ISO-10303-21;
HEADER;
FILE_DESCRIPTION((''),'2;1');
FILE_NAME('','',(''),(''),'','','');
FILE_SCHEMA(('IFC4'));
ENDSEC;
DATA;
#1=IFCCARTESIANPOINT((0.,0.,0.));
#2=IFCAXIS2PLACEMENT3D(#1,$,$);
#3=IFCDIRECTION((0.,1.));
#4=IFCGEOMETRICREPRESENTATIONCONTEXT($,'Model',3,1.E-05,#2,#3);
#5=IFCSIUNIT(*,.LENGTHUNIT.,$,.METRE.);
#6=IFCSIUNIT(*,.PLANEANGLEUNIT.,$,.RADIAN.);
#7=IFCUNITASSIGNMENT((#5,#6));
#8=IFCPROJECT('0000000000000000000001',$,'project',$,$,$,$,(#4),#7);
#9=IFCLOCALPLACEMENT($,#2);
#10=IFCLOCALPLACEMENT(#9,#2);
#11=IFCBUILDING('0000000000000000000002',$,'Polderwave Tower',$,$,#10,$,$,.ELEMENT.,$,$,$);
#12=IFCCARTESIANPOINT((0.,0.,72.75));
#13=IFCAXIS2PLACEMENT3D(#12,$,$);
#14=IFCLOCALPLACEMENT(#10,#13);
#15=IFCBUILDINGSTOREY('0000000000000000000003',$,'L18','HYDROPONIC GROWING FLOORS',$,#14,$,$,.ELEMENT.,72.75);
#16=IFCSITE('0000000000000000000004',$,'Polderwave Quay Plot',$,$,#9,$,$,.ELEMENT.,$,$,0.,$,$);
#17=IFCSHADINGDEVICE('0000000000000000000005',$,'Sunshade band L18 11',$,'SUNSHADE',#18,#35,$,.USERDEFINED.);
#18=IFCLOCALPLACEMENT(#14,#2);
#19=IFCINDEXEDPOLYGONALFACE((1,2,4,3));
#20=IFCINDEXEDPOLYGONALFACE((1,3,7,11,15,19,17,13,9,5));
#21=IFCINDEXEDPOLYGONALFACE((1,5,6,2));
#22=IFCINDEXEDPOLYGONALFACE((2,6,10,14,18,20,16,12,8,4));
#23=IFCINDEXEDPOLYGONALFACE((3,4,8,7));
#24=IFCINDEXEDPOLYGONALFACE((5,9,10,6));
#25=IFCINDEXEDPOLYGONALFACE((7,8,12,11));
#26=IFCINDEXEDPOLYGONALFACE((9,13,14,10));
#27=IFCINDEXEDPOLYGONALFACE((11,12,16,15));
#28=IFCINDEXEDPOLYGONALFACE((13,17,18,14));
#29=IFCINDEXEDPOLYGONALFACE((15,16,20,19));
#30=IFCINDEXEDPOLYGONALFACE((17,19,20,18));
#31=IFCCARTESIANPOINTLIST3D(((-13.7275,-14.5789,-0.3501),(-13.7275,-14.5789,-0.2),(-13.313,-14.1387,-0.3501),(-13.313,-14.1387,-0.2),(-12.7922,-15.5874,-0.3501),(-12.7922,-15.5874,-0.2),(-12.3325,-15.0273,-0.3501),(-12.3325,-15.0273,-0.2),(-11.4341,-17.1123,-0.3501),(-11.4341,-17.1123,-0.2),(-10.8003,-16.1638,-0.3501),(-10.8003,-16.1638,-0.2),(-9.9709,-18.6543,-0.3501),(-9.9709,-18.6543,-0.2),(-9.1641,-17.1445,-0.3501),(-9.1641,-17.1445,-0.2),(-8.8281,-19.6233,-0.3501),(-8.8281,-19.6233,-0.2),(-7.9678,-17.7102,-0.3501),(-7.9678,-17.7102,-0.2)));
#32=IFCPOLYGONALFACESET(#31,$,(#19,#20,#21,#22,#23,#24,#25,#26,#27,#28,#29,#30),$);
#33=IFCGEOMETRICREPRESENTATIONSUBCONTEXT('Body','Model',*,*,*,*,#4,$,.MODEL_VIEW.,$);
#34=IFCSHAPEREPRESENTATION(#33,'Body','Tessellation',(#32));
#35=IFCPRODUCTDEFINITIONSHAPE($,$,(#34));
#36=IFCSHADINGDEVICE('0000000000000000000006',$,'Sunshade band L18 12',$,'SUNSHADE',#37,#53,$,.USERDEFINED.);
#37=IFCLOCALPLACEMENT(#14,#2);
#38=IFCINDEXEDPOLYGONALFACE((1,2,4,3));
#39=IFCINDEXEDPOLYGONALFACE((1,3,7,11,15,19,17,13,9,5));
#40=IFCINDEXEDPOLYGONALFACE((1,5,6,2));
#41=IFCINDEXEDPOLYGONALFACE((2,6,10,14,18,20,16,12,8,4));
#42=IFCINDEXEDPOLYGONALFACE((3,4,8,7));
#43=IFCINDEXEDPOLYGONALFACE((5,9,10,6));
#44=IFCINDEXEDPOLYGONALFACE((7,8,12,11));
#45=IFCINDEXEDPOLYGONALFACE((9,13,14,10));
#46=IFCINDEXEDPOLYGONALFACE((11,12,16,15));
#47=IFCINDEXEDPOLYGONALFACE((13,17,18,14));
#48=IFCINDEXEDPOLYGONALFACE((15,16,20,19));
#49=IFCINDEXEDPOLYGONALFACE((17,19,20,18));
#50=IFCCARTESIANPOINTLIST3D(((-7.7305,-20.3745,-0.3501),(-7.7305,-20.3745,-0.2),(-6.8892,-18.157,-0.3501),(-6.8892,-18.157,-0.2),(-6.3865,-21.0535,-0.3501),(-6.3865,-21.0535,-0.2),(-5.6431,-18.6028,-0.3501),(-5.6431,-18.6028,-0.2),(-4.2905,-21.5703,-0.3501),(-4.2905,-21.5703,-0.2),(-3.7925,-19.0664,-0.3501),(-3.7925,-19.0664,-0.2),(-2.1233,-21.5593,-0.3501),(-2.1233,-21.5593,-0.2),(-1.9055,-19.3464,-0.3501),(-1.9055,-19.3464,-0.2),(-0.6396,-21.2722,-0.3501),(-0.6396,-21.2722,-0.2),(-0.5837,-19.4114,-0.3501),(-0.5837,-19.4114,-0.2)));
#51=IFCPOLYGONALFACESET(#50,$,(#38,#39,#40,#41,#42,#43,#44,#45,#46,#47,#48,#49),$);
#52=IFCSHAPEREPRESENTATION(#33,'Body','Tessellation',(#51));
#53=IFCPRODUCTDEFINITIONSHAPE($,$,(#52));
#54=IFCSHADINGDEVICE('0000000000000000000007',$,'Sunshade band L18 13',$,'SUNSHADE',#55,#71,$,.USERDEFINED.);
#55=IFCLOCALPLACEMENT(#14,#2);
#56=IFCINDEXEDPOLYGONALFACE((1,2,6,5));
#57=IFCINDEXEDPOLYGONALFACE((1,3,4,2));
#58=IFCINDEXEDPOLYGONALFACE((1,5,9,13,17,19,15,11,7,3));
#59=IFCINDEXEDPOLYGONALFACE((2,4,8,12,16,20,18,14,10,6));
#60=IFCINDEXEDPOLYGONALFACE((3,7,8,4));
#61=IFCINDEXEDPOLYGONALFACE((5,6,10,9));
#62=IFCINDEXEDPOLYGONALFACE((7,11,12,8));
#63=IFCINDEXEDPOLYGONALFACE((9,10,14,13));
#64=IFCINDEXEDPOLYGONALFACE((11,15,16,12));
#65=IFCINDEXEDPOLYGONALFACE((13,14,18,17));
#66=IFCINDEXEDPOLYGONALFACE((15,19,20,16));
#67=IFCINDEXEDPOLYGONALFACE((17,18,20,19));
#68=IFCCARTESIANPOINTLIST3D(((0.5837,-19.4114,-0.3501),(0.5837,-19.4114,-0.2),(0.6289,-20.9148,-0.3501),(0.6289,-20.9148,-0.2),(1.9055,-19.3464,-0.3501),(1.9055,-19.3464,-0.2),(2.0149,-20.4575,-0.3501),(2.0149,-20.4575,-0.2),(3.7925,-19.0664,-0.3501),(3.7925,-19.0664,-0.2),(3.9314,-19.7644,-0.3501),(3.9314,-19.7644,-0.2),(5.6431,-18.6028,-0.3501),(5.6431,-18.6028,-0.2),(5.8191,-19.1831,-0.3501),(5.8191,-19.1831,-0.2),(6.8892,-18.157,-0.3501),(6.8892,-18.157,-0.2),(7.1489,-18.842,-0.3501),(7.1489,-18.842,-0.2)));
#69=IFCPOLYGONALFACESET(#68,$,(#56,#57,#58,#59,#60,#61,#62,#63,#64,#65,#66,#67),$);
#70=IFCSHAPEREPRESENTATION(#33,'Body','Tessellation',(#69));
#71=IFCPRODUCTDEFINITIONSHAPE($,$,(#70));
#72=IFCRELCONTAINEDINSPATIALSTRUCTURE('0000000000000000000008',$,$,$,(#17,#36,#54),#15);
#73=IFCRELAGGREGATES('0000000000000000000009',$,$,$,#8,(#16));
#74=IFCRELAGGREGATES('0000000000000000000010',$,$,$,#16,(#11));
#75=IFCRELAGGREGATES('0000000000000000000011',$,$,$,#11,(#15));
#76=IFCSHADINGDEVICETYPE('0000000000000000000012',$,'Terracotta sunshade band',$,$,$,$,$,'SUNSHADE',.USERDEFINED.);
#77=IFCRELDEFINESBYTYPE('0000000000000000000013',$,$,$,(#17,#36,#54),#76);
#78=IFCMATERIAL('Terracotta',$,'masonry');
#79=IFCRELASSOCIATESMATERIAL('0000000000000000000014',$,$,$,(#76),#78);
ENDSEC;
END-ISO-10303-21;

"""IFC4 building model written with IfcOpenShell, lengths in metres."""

from ifc_helpers import new_model, si_unit, direction, frame, origin, place, context, subcontext, project, spatial, polyline, outline, extrude, material, type_object, element, save


model = new_model("IFC4")

# Units and contexts
model_context = context("Model", 3, precision=1e-05, world=origin(), true_north=direction((0.0, 1.0)))
body_context = subcontext(model_context, "Body", "Model", "MODEL_VIEW")
ifc_project = project(units=[si_unit("LENGTHUNIT", "METRE"), si_unit("PLANEANGLEUNIT", "RADIAN")], contexts=[model_context])

# Site, building, storey
site_placement = place(None, origin())
site = spatial("IfcSite", under=ifc_project, at=site_placement, Name="Polderwave Quay Plot", CompositionType="ELEMENT", RefElevation=0.0)
building_placement = place(site_placement, origin())
building = spatial("IfcBuilding", under=site, at=building_placement, Name="Polderwave Tower", CompositionType="ELEMENT")
storey_placement = place(building_placement, frame((0.0, 0.0, 72.75)))
storey = spatial("IfcBuildingStorey", under=building, at=storey_placement, Name="L18", Description="HYDROPONIC GROWING FLOORS", CompositionType="ELEMENT", Elevation=72.75)

# Shading devices
ifc_material_1 = material(Name="Terracotta", Category="masonry")
shading_device_type = type_object("IfcShadingDeviceType", Name="Terracotta sunshade band", ElementType="SUNSHADE", PredefinedType="USERDEFINED", material=ifc_material_1)
shading_device_1_placement = place(storey_placement, frame((0.0, 0.0, -0.3501)))
element("IfcShadingDevice", 1, at=shading_device_1_placement, inside=storey, type_object=shading_device_type, Name="Sunshade band L18 11", ObjectType="SUNSHADE", PredefinedType="USERDEFINED", context=body_context, shape_type="SweptSolid", body=[
    extrude(outline(polyline([(-13.313, -14.1387), (-12.3325, -15.0273), (-10.8003, -16.1638), (-9.1641, -17.1445), (-7.9678, -17.7102), (-8.8281, -19.6233), (-9.9709, -18.6543), (-11.4341, -17.1123), (-12.7922, -15.5874), (-13.7275, -14.5789), (-13.313, -14.1387)])), origin(), (0.0, 0.0, 1.0), 0.1501),
])
shading_device_2_placement = place(storey_placement, frame((0.0, 0.0, -0.3501)))
element("IfcShadingDevice", 2, at=shading_device_2_placement, inside=storey, type_object=shading_device_type, Name="Sunshade band L18 12", ObjectType="SUNSHADE", PredefinedType="USERDEFINED", context=body_context, shape_type="SweptSolid", body=[
    extrude(outline(polyline([(-6.8892, -18.157), (-5.6431, -18.6028), (-3.7925, -19.0664), (-1.9055, -19.3464), (-0.5837, -19.4114), (-0.6396, -21.2722), (-2.1233, -21.5593), (-4.2905, -21.5703), (-6.3865, -21.0535), (-7.7305, -20.3745), (-6.8892, -18.157)])), origin(), (0.0, 0.0, 1.0), 0.1501),
])
shading_device_3_placement = place(storey_placement, frame((0.0, 0.0, -0.3501)))
element("IfcShadingDevice", 3, at=shading_device_3_placement, inside=storey, type_object=shading_device_type, Name="Sunshade band L18 13", ObjectType="SUNSHADE", PredefinedType="USERDEFINED", context=body_context, shape_type="SweptSolid", body=[
    extrude(outline(polyline([(0.5837, -19.4114), (1.9055, -19.3464), (3.7925, -19.0664), (5.6431, -18.6028), (6.8892, -18.157), (7.1489, -18.842), (5.8191, -19.1831), (3.9314, -19.7644), (2.0149, -20.4575), (0.6289, -20.9148), (0.5837, -19.4114)])), origin(), (0.0, 0.0, 1.0), 0.1501),
])

save(model, "model.ifc")
